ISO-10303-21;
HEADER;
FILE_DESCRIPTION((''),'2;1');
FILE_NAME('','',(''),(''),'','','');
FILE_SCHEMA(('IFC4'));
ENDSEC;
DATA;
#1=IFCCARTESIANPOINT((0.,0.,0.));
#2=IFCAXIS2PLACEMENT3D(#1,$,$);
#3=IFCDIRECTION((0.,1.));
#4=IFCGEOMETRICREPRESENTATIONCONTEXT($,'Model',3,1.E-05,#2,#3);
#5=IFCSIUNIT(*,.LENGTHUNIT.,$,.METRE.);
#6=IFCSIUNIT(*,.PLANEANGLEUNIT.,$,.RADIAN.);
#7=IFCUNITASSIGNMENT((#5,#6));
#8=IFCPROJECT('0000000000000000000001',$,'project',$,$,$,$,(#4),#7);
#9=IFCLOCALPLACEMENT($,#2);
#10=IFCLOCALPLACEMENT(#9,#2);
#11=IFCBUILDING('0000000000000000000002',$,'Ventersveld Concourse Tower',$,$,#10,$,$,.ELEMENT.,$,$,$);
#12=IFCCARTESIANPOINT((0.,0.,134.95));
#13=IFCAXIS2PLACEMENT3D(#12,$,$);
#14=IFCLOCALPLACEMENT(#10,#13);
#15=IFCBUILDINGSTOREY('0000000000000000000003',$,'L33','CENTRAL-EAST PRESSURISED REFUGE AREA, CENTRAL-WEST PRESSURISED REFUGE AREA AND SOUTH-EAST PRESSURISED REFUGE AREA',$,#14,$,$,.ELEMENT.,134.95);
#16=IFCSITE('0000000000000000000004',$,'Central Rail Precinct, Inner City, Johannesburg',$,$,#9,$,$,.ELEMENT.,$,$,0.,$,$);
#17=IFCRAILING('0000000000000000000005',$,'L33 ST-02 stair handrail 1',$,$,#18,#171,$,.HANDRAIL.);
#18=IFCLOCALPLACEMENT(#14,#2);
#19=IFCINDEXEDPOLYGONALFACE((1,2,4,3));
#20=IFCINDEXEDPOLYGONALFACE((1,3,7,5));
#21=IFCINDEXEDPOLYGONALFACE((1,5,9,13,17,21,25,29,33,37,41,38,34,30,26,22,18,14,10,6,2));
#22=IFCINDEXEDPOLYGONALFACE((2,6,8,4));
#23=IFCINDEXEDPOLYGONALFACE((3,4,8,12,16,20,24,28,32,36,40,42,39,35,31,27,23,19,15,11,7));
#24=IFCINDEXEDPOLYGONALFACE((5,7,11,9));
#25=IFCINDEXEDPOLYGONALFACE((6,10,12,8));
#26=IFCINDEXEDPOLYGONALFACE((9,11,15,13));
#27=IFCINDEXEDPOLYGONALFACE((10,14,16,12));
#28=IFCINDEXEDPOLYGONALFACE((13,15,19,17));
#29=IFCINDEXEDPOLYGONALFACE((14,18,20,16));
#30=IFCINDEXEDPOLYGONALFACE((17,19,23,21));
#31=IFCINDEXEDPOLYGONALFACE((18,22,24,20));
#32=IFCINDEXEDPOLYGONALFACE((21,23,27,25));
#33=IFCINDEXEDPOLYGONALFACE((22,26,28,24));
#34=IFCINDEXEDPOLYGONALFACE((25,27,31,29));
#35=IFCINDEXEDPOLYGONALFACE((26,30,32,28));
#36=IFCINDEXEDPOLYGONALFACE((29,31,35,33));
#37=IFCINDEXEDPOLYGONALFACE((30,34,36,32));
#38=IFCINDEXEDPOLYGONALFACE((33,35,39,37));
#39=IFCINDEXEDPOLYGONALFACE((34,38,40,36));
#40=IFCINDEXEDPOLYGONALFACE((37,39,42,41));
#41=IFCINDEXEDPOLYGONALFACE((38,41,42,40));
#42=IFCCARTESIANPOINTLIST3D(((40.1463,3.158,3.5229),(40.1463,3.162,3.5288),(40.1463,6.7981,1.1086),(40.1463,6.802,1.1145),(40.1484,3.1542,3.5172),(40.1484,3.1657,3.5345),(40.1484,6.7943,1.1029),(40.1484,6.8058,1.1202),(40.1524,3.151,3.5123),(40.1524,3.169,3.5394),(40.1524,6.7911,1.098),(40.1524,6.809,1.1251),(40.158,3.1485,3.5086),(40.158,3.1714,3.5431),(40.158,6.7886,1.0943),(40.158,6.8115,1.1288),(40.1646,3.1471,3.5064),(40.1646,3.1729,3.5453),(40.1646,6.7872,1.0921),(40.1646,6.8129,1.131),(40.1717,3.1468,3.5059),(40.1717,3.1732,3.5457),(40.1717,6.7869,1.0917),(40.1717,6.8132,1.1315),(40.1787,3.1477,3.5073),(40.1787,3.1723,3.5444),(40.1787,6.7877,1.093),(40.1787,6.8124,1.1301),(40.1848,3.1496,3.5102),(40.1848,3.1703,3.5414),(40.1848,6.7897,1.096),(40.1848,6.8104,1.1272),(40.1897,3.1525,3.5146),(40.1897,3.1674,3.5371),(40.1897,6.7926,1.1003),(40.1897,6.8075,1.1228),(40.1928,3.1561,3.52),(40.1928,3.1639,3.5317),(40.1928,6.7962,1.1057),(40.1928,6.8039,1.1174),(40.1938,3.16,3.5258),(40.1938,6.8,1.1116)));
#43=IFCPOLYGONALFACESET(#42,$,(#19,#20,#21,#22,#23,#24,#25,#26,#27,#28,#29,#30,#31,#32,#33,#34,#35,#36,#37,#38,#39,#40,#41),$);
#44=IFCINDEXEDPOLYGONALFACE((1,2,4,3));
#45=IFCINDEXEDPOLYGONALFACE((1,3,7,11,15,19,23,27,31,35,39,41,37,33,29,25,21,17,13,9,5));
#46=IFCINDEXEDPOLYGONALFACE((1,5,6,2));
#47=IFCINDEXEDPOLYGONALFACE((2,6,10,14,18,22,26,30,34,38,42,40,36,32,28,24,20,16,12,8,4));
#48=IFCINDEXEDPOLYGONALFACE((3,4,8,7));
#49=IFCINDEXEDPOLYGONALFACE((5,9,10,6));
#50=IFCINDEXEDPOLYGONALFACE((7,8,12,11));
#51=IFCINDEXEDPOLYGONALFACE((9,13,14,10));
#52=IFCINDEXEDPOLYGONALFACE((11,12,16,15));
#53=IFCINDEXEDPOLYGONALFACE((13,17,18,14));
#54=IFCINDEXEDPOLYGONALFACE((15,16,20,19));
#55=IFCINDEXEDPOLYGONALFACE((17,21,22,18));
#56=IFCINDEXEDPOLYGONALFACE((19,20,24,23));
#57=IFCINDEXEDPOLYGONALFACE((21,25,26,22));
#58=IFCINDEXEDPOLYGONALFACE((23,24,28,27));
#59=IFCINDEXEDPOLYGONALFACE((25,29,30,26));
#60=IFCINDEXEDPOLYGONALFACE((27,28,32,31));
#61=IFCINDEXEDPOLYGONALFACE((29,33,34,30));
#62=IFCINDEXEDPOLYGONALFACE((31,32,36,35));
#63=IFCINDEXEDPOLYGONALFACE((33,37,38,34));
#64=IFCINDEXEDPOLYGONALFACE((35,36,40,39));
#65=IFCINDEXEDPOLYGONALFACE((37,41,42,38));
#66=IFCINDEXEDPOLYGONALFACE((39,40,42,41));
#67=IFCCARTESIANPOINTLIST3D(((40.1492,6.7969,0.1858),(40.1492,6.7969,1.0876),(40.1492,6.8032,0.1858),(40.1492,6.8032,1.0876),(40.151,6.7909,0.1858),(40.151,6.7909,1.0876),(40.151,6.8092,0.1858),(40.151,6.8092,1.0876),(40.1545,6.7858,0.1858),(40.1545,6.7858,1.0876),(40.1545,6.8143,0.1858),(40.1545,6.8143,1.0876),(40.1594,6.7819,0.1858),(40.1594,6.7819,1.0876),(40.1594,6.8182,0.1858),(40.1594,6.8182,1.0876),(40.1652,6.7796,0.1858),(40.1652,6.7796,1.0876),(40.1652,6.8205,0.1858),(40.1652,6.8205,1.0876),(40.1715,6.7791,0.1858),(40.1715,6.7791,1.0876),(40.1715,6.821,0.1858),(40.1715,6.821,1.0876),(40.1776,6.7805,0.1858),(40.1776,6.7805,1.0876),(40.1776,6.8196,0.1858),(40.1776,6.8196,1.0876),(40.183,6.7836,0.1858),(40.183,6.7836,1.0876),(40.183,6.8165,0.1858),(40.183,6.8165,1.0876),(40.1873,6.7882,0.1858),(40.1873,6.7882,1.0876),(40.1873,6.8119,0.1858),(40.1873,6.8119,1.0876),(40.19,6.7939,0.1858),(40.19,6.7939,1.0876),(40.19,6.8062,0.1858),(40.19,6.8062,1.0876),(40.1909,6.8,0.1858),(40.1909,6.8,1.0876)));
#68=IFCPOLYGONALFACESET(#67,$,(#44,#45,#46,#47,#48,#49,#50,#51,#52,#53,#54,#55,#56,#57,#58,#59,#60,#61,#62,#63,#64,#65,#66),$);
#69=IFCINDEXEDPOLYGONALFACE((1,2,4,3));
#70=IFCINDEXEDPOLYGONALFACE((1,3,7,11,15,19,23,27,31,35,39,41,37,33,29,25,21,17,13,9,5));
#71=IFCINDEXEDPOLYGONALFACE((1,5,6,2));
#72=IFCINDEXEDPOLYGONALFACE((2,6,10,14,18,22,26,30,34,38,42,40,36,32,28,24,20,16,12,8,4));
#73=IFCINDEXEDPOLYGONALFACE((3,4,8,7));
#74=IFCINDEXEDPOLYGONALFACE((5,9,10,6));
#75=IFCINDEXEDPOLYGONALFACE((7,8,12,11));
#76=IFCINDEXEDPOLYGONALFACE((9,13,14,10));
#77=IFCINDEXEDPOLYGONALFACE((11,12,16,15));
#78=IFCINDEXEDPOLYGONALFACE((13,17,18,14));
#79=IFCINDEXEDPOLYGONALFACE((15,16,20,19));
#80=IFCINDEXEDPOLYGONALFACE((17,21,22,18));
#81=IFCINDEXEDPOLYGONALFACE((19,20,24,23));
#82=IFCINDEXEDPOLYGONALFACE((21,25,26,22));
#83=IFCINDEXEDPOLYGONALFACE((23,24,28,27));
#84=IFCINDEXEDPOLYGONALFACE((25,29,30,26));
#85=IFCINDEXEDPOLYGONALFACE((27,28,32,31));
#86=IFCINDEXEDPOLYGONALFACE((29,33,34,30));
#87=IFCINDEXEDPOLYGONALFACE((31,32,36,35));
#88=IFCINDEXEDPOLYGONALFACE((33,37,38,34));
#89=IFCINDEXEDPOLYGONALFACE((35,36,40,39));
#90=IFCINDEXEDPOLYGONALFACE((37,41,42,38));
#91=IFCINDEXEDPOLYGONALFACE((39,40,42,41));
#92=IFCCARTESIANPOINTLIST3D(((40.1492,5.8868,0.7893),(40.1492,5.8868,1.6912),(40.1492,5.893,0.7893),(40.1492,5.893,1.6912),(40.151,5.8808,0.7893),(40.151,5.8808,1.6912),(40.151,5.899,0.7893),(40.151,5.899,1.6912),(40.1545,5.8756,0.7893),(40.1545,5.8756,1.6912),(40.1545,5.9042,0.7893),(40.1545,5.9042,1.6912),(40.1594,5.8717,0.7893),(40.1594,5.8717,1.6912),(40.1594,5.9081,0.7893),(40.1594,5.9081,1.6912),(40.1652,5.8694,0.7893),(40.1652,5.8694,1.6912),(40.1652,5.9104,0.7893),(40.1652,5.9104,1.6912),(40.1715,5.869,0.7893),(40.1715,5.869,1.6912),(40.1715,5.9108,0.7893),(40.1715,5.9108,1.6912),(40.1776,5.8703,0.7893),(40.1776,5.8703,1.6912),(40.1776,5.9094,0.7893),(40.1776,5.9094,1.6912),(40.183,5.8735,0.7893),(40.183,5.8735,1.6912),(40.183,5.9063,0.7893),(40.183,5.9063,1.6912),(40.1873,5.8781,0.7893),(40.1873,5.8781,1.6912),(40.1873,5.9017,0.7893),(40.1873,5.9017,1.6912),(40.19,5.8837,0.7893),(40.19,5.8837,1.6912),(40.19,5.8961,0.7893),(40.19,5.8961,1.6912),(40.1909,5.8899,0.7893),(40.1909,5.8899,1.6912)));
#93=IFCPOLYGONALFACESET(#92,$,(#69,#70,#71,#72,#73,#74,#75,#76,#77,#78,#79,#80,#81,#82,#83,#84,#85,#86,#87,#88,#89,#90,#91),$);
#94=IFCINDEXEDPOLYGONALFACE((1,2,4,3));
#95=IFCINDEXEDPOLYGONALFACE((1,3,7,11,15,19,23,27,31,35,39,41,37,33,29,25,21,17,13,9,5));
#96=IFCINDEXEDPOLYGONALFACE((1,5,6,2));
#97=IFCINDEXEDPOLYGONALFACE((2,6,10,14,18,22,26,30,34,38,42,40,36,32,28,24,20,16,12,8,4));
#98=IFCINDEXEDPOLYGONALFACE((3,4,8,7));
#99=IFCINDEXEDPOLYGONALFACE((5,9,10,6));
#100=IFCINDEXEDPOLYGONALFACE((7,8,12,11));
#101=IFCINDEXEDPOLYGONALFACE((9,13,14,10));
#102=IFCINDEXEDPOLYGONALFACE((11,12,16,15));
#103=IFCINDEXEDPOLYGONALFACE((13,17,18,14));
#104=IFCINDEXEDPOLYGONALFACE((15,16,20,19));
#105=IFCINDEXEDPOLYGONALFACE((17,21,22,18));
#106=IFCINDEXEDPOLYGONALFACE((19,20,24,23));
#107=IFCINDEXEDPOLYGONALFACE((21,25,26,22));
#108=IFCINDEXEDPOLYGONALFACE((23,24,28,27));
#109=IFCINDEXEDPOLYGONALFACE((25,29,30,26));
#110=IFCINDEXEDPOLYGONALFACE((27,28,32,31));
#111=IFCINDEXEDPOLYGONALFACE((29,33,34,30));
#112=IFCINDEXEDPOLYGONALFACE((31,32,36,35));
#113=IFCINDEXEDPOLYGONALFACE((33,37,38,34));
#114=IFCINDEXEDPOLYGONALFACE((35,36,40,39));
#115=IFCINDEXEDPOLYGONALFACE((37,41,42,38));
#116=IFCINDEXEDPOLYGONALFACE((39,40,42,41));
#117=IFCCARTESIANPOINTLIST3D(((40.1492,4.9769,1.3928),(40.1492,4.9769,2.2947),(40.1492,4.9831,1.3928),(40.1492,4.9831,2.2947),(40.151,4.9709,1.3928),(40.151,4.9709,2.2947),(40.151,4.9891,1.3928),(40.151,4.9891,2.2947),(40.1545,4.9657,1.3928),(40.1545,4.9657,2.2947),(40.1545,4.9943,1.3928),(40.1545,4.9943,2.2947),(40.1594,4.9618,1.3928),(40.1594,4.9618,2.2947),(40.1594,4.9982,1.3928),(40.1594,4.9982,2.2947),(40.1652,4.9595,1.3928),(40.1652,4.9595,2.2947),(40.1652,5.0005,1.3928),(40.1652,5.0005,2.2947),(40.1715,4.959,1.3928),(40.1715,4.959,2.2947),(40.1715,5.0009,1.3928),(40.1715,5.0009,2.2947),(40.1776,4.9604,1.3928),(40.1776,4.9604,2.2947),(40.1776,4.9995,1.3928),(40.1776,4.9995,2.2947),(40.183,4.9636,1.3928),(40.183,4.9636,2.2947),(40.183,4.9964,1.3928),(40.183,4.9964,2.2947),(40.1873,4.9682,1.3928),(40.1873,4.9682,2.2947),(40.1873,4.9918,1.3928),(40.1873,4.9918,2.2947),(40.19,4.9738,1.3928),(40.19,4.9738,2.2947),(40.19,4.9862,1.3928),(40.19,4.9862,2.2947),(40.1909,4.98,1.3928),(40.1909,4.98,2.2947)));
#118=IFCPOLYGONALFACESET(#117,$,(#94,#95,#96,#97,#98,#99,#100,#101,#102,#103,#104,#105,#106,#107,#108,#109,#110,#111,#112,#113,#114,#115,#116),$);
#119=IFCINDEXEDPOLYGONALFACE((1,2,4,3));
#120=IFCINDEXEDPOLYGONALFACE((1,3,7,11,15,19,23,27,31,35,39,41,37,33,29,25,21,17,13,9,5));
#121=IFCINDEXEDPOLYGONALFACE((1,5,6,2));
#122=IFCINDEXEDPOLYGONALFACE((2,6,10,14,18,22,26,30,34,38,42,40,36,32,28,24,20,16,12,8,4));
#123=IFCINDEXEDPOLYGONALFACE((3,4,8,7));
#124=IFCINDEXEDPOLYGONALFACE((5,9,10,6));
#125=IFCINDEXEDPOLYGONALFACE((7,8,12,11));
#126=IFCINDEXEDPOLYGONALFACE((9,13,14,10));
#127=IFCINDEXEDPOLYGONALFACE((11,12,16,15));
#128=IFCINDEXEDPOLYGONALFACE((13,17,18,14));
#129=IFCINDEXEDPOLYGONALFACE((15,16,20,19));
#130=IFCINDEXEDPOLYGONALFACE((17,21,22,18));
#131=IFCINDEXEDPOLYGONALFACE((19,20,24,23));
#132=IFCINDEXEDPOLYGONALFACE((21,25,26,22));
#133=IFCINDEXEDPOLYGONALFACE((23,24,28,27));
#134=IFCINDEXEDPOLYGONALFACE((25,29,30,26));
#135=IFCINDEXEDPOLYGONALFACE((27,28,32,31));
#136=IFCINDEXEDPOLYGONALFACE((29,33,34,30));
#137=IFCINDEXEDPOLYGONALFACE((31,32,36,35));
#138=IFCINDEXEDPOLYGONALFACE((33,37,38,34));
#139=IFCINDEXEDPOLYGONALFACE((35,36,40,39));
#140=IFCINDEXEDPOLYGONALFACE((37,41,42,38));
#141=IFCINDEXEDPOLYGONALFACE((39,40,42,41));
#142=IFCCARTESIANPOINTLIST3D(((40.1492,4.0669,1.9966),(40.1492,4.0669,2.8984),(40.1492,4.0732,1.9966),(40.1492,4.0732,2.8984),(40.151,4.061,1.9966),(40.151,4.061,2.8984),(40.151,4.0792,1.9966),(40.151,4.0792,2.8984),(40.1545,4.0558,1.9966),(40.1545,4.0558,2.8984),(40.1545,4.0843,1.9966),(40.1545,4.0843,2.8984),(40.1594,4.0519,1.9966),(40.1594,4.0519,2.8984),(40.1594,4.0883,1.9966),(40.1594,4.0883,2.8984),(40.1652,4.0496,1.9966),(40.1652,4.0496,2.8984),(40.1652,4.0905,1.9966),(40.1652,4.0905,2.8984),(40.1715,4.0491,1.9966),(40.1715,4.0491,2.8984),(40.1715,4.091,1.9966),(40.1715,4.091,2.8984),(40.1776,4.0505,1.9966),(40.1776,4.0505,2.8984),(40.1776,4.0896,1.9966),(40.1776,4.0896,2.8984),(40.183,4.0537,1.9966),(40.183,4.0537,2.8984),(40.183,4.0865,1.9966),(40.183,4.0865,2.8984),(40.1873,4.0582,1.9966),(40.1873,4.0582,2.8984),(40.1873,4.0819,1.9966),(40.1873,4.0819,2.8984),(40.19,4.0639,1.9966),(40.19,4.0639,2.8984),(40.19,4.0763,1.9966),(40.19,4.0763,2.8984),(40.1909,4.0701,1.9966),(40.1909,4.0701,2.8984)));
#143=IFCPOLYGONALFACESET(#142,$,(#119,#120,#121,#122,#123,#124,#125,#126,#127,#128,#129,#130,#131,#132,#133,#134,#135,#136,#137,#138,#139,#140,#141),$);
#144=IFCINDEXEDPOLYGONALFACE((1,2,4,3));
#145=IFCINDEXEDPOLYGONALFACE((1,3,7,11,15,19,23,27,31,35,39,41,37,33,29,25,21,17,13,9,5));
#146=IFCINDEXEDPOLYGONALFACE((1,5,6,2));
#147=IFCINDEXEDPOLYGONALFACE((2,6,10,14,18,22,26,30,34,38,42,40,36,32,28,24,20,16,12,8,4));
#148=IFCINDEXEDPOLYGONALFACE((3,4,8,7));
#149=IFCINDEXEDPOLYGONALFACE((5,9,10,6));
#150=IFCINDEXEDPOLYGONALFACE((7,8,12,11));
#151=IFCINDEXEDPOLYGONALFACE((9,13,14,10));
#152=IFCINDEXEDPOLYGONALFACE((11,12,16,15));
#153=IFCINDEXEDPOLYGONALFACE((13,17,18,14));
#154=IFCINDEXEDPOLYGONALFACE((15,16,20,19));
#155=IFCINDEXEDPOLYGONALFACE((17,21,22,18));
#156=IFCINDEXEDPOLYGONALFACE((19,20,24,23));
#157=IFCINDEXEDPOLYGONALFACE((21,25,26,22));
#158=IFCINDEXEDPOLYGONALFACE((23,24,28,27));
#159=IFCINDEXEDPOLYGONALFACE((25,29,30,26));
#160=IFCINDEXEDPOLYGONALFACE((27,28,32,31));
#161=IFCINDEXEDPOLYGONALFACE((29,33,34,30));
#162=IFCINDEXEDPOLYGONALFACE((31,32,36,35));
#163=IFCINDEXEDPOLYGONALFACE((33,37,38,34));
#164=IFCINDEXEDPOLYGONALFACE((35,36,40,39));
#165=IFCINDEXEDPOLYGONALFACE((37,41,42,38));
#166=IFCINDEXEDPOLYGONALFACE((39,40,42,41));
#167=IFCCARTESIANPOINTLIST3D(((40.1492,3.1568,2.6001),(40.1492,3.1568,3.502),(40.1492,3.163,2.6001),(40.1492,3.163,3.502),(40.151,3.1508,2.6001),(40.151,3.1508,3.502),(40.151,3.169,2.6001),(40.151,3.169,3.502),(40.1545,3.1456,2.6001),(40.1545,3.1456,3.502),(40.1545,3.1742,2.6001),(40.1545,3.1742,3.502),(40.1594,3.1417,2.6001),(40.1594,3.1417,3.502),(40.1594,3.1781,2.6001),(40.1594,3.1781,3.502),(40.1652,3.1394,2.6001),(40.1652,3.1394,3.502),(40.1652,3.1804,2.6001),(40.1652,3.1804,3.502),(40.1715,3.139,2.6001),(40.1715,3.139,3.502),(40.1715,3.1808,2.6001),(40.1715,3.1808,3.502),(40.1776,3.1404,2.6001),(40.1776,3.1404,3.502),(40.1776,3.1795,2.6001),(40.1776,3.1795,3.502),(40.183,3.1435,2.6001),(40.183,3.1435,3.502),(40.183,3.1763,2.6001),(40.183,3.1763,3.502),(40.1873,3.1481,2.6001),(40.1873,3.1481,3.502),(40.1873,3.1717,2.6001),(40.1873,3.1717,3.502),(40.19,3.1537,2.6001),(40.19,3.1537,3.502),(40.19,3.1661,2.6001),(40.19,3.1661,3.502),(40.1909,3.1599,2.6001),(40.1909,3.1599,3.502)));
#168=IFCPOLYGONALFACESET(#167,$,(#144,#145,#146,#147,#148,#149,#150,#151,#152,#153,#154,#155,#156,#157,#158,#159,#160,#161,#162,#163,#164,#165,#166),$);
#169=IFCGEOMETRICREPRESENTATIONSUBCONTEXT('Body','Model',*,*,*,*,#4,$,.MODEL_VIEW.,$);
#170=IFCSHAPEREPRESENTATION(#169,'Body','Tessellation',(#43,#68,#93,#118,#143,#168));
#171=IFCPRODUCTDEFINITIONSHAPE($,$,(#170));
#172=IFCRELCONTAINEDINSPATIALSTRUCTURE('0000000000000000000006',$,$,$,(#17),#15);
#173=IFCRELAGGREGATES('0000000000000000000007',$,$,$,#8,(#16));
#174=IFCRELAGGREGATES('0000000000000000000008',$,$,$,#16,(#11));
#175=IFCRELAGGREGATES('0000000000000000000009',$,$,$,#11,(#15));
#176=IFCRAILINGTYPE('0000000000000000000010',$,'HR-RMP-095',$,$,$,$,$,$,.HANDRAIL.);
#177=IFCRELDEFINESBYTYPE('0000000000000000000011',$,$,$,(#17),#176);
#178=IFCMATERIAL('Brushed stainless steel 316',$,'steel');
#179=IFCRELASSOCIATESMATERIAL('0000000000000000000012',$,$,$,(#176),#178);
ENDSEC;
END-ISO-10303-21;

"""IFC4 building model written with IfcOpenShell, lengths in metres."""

from ifc_helpers import new_model, si_unit, direction, frame, origin, origin_2d, place, context, subcontext, project, spatial, circle, extrude, material, type_object, element, save


model = new_model("IFC4")

# Units and contexts
model_context = context("Model", 3, precision=1e-05, world=origin(), true_north=direction((0.0, 1.0)))
body_context = subcontext(model_context, "Body", "Model", "MODEL_VIEW")
ifc_project = project(units=[si_unit("LENGTHUNIT", "METRE"), si_unit("PLANEANGLEUNIT", "RADIAN")], contexts=[model_context])

# Site, building, storey
site_placement = place(None, origin())
site = spatial("IfcSite", under=ifc_project, at=site_placement, Name="Central Rail Precinct, Inner City, Johannesburg", CompositionType="ELEMENT", RefElevation=0.0)
building_placement = place(site_placement, origin())
building = spatial("IfcBuilding", under=site, at=building_placement, Name="Ventersveld Concourse Tower", CompositionType="ELEMENT")
storey_placement = place(building_placement, frame((0.0, 0.0, 134.95)))
storey = spatial("IfcBuildingStorey", under=building, at=storey_placement, Name="L33", Description="CENTRAL-EAST PRESSURISED REFUGE AREA, CENTRAL-WEST PRESSURISED REFUGE AREA AND SOUTH-EAST PRESSURISED REFUGE AREA", CompositionType="ELEMENT", Elevation=134.95)

# Shared definitions
ifc_material_1 = material(Name="Brushed stainless steel 316", Category="steel")

# Railing
railing_type_1 = type_object("IfcRailingType", Name="HR-RMP-095", PredefinedType="HANDRAIL", material=ifc_material_1)
railing_1_placement = place(storey_placement, frame((40.1699, 6.8, 0.1858)))
element("IfcRailing", 1, at=railing_1_placement, inside=storey, type_object=railing_type_1, Name="L33 ST-02 stair handrail 1", PredefinedType="HANDRAIL", context=body_context, shape_type="SweptSolid", body=[
    extrude(circle(Radius=0.0239, at=origin_2d()), frame((0.0, 0.0, 0.9258), z_axis=(0.0, -0.833364, 0.552725), x_axis=(1.0, 0.0, 0.0)), (0.0, 0.0, 1.0), 4.3679),
    extrude(circle(Radius=0.021, at=origin_2d()), origin(), (0.0, 0.0, 1.0), 0.9019),
    extrude(circle(Radius=0.021, at=origin_2d()), frame((0.0, -0.9102, 0.6035)), (0.0, 0.0, 1.0), 0.9019),
    extrude(circle(Radius=0.021, at=origin_2d()), frame((0.0, -1.8201, 1.207)), (0.0, 0.0, 1.0), 0.9019),
    extrude(circle(Radius=0.021, at=origin_2d()), frame((0.0, -2.73, 1.8108)), (0.0, 0.0, 1.0), 0.9019),
    extrude(circle(Radius=0.021, at=origin_2d()), frame((0.0, -3.6401, 2.4143)), (0.0, 0.0, 1.0), 0.9019),
])

save(model, "model.ifc")
